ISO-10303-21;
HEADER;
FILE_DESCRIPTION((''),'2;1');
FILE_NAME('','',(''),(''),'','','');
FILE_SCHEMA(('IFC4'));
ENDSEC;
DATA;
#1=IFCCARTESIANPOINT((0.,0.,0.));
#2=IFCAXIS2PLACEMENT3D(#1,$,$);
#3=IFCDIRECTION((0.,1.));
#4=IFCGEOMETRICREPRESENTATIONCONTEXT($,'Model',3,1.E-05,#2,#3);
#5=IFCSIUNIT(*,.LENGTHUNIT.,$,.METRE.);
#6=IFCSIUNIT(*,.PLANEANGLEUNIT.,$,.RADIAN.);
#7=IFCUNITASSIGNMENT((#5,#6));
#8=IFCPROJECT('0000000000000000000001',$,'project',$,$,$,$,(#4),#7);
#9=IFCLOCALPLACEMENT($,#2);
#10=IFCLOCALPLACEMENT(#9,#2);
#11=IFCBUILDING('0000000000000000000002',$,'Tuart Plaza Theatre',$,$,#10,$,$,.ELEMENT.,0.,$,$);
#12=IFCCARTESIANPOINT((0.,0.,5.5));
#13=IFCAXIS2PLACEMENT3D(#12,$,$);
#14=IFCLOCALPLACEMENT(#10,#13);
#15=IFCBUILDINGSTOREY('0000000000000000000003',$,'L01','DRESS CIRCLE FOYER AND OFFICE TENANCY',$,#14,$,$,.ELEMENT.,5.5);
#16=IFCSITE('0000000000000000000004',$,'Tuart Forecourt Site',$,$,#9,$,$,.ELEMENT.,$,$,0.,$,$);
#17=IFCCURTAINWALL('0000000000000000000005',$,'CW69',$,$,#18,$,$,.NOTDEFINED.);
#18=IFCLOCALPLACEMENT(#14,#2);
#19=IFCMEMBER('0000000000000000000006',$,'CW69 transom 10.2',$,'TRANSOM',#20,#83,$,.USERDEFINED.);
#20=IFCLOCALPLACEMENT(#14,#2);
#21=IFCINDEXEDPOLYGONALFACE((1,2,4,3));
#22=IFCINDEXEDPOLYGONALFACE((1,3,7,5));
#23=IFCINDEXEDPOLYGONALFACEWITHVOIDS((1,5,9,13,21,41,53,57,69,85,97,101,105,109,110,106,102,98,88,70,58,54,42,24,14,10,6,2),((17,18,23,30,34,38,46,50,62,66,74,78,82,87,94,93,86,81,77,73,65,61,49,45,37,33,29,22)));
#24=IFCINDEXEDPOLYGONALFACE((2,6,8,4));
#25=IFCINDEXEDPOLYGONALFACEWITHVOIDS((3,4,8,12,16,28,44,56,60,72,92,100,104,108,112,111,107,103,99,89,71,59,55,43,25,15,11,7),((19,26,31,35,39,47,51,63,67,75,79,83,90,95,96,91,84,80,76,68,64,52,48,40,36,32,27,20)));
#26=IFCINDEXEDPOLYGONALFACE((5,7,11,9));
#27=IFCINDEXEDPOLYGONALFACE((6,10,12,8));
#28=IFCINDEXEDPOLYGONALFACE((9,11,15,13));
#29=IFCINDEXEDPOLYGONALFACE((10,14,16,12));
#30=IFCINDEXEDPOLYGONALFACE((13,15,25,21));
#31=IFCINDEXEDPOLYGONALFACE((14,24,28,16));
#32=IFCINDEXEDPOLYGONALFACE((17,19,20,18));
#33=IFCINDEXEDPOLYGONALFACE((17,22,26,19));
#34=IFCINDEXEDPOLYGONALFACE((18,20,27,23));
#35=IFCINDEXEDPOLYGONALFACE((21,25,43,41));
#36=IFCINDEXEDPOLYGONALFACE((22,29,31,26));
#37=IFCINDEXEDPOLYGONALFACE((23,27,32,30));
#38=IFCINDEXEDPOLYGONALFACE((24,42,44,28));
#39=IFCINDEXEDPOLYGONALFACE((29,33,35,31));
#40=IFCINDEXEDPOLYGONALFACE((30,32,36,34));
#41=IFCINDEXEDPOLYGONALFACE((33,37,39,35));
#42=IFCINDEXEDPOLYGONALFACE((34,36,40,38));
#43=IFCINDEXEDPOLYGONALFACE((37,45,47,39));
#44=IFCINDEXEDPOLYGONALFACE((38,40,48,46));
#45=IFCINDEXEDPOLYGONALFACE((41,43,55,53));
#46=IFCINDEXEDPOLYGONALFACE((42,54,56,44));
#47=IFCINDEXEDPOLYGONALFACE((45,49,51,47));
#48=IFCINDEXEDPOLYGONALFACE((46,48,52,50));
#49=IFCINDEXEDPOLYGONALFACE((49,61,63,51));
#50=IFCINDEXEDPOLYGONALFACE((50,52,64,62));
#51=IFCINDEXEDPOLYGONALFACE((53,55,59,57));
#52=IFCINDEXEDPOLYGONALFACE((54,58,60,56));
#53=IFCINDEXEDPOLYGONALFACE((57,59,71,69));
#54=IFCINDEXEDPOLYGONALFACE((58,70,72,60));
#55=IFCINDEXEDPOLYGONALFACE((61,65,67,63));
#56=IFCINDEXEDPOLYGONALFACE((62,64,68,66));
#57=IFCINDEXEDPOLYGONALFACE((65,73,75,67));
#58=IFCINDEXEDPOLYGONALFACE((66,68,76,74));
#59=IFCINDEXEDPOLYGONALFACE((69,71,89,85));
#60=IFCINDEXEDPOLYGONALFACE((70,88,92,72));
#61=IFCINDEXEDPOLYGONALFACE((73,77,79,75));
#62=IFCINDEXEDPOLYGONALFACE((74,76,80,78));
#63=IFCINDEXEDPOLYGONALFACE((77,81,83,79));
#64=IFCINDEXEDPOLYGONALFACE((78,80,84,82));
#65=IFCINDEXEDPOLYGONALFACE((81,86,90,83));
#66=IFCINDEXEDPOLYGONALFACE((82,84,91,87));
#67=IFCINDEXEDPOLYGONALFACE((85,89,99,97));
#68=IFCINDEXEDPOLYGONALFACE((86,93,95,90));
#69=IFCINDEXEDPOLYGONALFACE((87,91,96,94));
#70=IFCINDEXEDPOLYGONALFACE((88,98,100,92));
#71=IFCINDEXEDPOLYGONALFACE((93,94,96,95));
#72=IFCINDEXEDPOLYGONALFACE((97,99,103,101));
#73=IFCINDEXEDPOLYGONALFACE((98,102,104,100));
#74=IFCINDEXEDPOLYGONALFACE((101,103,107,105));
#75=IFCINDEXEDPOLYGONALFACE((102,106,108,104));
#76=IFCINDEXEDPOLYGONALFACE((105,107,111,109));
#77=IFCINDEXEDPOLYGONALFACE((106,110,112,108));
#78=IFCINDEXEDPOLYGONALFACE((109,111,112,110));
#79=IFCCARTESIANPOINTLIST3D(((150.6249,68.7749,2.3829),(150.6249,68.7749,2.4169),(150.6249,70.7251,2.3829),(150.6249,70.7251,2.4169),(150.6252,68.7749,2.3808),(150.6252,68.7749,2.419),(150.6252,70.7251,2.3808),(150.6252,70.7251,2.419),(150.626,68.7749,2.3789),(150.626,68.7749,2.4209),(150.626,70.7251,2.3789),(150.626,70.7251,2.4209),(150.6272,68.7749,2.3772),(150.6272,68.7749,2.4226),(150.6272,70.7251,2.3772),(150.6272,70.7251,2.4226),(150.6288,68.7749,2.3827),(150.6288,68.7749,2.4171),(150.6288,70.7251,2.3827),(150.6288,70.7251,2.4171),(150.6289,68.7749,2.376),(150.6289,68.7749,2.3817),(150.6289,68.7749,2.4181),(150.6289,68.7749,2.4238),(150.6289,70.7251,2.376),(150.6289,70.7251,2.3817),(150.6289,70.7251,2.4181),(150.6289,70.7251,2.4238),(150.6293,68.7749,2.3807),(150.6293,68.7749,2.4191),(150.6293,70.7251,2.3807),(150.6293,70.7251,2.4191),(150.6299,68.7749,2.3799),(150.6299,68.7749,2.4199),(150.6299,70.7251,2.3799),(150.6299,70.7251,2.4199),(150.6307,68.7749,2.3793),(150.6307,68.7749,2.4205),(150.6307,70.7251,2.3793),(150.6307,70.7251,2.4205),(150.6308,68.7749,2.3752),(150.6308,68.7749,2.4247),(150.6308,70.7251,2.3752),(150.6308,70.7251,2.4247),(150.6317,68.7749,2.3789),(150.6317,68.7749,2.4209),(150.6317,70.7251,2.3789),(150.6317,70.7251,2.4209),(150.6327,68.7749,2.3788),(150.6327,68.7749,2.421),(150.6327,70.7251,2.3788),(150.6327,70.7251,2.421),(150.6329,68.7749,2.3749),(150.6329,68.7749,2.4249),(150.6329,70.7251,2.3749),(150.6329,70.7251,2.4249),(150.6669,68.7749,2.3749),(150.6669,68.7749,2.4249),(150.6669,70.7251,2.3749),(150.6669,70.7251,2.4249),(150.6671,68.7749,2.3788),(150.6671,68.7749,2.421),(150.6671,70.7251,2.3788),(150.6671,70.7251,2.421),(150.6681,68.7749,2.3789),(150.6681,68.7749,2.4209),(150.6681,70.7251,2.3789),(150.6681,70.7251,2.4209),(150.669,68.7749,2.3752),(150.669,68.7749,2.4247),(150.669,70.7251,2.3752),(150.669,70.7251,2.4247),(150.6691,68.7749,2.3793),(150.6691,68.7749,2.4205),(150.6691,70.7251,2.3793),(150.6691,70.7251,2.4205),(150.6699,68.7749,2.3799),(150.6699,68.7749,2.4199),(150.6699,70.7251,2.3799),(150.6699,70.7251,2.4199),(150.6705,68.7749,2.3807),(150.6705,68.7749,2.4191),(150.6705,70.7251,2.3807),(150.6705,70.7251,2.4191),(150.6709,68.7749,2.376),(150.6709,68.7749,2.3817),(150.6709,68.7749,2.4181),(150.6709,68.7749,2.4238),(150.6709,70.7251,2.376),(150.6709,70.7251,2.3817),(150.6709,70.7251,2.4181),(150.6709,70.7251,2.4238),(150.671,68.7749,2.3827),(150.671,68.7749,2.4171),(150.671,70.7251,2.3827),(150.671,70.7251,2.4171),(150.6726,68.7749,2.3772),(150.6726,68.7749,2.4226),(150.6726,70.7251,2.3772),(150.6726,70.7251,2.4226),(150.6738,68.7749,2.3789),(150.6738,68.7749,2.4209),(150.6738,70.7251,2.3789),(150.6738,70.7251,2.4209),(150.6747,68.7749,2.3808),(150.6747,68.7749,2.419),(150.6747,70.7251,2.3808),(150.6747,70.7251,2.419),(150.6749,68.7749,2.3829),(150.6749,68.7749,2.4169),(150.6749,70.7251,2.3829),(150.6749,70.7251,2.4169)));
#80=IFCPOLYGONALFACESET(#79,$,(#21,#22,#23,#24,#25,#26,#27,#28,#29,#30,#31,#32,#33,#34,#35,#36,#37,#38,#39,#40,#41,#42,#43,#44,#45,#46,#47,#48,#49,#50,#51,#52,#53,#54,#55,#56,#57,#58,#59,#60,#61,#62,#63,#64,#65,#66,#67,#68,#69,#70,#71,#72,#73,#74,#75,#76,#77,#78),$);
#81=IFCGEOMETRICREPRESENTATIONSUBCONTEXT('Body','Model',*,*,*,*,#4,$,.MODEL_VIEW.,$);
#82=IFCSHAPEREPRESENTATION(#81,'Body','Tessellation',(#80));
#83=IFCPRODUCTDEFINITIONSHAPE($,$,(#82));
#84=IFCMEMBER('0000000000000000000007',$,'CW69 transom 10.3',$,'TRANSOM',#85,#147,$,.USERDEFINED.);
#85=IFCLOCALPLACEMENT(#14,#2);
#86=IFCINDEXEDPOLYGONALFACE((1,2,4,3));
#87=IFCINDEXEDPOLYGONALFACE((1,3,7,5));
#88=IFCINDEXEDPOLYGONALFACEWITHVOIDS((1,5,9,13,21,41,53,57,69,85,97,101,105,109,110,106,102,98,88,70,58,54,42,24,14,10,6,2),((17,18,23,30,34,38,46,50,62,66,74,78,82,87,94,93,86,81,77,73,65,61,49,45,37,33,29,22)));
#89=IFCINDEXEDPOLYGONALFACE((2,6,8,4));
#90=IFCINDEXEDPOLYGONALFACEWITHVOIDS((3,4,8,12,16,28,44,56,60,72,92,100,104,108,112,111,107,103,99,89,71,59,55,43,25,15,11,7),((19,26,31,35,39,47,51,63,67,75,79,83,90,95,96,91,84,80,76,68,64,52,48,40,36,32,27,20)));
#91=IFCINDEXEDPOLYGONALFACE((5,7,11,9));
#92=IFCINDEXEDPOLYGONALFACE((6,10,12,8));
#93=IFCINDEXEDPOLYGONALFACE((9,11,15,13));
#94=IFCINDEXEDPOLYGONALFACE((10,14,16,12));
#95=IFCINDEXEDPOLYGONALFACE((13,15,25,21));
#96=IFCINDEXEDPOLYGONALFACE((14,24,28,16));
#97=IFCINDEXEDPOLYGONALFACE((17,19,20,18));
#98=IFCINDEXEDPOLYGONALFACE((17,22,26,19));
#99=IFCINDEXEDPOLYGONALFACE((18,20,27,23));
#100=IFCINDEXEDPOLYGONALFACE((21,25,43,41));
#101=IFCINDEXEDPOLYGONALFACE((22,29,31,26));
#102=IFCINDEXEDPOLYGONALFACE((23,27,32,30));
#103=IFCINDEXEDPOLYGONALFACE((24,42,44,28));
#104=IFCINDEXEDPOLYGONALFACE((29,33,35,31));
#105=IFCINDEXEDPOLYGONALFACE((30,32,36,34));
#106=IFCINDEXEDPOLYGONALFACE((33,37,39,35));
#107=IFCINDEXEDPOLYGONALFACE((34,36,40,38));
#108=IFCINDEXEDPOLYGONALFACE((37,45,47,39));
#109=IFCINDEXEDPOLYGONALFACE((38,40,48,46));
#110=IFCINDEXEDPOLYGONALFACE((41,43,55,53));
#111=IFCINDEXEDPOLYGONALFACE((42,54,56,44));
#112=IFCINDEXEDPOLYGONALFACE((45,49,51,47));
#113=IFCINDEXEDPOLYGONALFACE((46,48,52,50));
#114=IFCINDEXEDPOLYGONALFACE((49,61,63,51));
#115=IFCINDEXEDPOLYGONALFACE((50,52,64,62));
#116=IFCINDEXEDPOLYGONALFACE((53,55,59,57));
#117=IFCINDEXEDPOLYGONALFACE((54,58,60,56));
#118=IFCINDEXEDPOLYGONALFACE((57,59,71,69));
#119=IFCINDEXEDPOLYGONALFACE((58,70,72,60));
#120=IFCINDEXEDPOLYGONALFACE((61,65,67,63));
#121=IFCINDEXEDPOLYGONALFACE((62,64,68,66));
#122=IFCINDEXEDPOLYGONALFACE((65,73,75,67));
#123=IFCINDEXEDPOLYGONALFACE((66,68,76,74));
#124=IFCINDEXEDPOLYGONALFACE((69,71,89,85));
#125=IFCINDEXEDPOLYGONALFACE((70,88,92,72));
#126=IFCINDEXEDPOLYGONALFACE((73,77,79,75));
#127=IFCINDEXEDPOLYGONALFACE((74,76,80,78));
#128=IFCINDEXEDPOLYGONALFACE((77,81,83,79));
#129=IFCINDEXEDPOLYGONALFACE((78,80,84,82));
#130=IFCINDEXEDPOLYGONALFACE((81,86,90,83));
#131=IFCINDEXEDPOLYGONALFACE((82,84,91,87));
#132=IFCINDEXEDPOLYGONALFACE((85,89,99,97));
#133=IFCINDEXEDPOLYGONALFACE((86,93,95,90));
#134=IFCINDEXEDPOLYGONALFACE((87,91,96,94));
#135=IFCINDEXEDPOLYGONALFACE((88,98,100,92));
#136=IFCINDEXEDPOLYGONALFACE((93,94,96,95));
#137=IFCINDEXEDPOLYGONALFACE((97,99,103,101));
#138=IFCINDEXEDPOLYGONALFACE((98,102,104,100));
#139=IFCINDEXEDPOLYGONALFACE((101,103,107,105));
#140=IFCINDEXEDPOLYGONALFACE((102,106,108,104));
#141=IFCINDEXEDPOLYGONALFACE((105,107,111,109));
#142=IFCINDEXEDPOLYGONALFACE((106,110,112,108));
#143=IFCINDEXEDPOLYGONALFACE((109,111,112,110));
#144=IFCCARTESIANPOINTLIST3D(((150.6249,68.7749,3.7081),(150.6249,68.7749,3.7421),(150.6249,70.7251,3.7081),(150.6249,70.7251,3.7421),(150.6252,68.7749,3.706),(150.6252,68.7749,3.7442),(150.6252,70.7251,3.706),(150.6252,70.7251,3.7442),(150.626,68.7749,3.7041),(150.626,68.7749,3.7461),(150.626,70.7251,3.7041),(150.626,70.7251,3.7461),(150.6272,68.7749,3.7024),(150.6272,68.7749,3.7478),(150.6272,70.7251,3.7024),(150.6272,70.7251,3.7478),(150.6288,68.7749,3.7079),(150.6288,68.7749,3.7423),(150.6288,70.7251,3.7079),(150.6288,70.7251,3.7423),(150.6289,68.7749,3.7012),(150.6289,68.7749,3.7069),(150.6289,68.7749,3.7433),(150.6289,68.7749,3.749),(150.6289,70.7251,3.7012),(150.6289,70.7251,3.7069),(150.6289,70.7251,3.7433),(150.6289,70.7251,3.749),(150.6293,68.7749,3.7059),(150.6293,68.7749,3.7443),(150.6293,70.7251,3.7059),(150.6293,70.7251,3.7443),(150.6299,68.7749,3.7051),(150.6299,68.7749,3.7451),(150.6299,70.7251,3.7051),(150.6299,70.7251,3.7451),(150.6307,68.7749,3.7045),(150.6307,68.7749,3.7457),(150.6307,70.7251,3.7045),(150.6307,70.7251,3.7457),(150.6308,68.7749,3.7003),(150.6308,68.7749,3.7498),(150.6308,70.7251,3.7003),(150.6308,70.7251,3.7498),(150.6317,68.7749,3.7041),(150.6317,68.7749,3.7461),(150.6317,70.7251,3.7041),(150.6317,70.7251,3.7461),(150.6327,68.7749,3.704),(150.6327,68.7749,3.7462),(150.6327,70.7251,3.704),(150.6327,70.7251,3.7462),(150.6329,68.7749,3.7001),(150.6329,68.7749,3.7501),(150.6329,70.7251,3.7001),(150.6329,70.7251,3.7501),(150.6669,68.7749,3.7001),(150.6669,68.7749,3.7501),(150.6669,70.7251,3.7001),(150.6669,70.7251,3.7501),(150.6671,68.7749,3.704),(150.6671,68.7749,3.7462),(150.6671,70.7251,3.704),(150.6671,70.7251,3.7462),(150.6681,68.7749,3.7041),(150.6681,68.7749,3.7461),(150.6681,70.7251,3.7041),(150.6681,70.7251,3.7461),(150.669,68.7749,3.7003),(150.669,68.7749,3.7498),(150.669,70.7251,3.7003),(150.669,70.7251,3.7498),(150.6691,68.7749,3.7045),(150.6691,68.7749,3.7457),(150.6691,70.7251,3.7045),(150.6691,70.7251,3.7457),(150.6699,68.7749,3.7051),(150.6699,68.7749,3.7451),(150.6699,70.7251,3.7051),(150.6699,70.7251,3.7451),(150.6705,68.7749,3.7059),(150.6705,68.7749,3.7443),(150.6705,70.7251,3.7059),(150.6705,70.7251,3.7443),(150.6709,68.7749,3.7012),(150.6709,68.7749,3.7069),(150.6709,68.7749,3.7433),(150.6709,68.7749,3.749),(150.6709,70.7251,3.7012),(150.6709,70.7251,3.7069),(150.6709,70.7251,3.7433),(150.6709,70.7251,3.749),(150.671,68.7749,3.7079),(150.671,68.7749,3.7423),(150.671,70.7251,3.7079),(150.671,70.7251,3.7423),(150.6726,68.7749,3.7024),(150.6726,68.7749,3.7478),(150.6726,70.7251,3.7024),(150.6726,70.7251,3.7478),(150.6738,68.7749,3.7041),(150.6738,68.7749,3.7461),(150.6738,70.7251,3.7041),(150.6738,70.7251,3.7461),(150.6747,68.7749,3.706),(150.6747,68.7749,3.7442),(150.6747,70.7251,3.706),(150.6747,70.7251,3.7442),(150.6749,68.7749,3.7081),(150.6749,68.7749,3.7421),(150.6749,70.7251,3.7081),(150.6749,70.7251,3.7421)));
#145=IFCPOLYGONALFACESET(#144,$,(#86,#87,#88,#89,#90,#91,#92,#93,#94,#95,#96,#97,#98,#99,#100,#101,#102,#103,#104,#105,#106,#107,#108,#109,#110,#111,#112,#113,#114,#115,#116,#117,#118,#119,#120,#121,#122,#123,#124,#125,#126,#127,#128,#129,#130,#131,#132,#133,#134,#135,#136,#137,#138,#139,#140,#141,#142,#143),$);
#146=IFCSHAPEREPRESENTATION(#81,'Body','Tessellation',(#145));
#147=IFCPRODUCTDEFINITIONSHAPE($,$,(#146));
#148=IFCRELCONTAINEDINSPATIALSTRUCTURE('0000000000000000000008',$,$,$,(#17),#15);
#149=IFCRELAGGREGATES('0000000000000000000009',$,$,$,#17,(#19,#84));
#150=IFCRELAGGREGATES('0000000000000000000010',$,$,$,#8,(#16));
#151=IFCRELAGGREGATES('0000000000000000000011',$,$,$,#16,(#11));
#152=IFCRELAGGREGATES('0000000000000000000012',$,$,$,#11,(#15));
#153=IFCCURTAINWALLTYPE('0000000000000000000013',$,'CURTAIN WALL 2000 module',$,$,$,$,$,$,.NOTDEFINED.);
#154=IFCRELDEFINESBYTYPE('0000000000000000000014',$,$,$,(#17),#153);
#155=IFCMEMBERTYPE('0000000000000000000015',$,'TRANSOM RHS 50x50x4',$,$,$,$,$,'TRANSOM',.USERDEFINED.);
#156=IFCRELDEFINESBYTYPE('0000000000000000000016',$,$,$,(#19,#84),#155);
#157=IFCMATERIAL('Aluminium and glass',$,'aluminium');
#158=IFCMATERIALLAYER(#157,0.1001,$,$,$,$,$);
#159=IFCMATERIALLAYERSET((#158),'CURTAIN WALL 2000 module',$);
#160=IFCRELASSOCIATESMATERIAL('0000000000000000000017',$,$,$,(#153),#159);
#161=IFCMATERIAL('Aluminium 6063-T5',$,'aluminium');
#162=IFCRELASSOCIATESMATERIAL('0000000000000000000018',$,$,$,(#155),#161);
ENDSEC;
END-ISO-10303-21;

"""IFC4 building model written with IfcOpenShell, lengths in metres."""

from ifc_helpers import new_model, si_unit, direction, frame, origin, origin_2d, place, context, subcontext, project, spatial, hollow_rectangle, extrude, material, layer, layer_set, material_profile, profile_set, type_object, element, aggregate, save


model = new_model("IFC4")

# Units and contexts
model_context = context("Model", 3, precision=1e-05, world=origin(), true_north=direction((0.0, 1.0)))
body_context = subcontext(model_context, "Body", "Model", "MODEL_VIEW")
ifc_project = project(units=[si_unit("LENGTHUNIT", "METRE"), si_unit("PLANEANGLEUNIT", "RADIAN")], contexts=[model_context])

# Site, building, storey
site_placement = place(None, origin())
site = spatial("IfcSite", under=ifc_project, at=site_placement, Name="Tuart Forecourt Site", CompositionType="ELEMENT", RefElevation=0.0)
building_placement = place(site_placement, origin())
building = spatial("IfcBuilding", under=site, at=building_placement, Name="Tuart Plaza Theatre", CompositionType="ELEMENT", ElevationOfRefHeight=0.0)
storey_placement = place(building_placement, frame((0.0, 0.0, 5.5)))
storey = spatial("IfcBuildingStorey", under=building, at=storey_placement, Name="L01", Description="DRESS CIRCLE FOYER AND OFFICE TENANCY", CompositionType="ELEMENT", Elevation=5.5)

# Curtain wall, members
ifc_material_1 = material(Name="Aluminium and glass", Category="aluminium")
ifc_layer_1 = layer(ifc_material_1, 0.1001)
ifc_layer_set_1 = layer_set([ifc_layer_1], Name="CURTAIN WALL 2000 module")
curtain_wall_type = type_object("IfcCurtainWallType", Name="CURTAIN WALL 2000 module", PredefinedType="NOTDEFINED", material=ifc_layer_set_1)
curtain_wall_placement = place(storey_placement, origin())
curtain_wall = element("IfcCurtainWall", 1, at=curtain_wall_placement, inside=storey, type_object=curtain_wall_type, Name="CW69", PredefinedType="NOTDEFINED")
ifc_material_2 = material(Name="Aluminium 6063-T5", Category="aluminium")
ifc_material_profile_1 = material_profile(ifc_material_2, hollow_rectangle(XDim=0.05, YDim=0.05, WallThickness=0.0039, InnerFilletRadius=0.0039, OuterFilletRadius=0.0081, at=origin_2d()), Name="RHS 50x50x4")
ifc_profile_set_1 = profile_set([ifc_material_profile_1], Name="Aluminium 6063-T5")
member_type_1 = type_object("IfcMemberType", Name="TRANSOM RHS 50x50x4", ElementType="TRANSOM", PredefinedType="USERDEFINED", material=ifc_profile_set_1)
member_1_placement = place(storey_placement, frame((150.6499, 68.7749, 2.3999), z_axis=(0.0, 1.0, 0.0), x_axis=(-1.0, 0.0, 0.0)))
member_1 = element("IfcMember", 2, at=member_1_placement, type_object=member_type_1, Name="CW69 transom 10.2", ObjectType="TRANSOM", PredefinedType="USERDEFINED", context=body_context, shape_type="SweptSolid", body=[
    extrude(hollow_rectangle(XDim=0.05, YDim=0.05, WallThickness=0.0039, InnerFilletRadius=0.0039, OuterFilletRadius=0.0081, at=origin_2d()), origin(), (0.0, 0.0, 1.0), 1.9502),
])
member_2_placement = place(storey_placement, frame((150.6499, 68.7749, 3.7251), z_axis=(0.0, 1.0, 0.0), x_axis=(-1.0, 0.0, 0.0)))
member_2 = element("IfcMember", 3, at=member_2_placement, type_object=member_type_1, Name="CW69 transom 10.3", ObjectType="TRANSOM", PredefinedType="USERDEFINED", context=body_context, shape_type="SweptSolid", body=[
    extrude(hollow_rectangle(XDim=0.05, YDim=0.05, WallThickness=0.0039, InnerFilletRadius=0.0039, OuterFilletRadius=0.0081, at=origin_2d()), origin(), (0.0, 0.0, 1.0), 1.9502),
])
aggregate(curtain_wall, [member_1, member_2])

save(model, "model.ifc")
